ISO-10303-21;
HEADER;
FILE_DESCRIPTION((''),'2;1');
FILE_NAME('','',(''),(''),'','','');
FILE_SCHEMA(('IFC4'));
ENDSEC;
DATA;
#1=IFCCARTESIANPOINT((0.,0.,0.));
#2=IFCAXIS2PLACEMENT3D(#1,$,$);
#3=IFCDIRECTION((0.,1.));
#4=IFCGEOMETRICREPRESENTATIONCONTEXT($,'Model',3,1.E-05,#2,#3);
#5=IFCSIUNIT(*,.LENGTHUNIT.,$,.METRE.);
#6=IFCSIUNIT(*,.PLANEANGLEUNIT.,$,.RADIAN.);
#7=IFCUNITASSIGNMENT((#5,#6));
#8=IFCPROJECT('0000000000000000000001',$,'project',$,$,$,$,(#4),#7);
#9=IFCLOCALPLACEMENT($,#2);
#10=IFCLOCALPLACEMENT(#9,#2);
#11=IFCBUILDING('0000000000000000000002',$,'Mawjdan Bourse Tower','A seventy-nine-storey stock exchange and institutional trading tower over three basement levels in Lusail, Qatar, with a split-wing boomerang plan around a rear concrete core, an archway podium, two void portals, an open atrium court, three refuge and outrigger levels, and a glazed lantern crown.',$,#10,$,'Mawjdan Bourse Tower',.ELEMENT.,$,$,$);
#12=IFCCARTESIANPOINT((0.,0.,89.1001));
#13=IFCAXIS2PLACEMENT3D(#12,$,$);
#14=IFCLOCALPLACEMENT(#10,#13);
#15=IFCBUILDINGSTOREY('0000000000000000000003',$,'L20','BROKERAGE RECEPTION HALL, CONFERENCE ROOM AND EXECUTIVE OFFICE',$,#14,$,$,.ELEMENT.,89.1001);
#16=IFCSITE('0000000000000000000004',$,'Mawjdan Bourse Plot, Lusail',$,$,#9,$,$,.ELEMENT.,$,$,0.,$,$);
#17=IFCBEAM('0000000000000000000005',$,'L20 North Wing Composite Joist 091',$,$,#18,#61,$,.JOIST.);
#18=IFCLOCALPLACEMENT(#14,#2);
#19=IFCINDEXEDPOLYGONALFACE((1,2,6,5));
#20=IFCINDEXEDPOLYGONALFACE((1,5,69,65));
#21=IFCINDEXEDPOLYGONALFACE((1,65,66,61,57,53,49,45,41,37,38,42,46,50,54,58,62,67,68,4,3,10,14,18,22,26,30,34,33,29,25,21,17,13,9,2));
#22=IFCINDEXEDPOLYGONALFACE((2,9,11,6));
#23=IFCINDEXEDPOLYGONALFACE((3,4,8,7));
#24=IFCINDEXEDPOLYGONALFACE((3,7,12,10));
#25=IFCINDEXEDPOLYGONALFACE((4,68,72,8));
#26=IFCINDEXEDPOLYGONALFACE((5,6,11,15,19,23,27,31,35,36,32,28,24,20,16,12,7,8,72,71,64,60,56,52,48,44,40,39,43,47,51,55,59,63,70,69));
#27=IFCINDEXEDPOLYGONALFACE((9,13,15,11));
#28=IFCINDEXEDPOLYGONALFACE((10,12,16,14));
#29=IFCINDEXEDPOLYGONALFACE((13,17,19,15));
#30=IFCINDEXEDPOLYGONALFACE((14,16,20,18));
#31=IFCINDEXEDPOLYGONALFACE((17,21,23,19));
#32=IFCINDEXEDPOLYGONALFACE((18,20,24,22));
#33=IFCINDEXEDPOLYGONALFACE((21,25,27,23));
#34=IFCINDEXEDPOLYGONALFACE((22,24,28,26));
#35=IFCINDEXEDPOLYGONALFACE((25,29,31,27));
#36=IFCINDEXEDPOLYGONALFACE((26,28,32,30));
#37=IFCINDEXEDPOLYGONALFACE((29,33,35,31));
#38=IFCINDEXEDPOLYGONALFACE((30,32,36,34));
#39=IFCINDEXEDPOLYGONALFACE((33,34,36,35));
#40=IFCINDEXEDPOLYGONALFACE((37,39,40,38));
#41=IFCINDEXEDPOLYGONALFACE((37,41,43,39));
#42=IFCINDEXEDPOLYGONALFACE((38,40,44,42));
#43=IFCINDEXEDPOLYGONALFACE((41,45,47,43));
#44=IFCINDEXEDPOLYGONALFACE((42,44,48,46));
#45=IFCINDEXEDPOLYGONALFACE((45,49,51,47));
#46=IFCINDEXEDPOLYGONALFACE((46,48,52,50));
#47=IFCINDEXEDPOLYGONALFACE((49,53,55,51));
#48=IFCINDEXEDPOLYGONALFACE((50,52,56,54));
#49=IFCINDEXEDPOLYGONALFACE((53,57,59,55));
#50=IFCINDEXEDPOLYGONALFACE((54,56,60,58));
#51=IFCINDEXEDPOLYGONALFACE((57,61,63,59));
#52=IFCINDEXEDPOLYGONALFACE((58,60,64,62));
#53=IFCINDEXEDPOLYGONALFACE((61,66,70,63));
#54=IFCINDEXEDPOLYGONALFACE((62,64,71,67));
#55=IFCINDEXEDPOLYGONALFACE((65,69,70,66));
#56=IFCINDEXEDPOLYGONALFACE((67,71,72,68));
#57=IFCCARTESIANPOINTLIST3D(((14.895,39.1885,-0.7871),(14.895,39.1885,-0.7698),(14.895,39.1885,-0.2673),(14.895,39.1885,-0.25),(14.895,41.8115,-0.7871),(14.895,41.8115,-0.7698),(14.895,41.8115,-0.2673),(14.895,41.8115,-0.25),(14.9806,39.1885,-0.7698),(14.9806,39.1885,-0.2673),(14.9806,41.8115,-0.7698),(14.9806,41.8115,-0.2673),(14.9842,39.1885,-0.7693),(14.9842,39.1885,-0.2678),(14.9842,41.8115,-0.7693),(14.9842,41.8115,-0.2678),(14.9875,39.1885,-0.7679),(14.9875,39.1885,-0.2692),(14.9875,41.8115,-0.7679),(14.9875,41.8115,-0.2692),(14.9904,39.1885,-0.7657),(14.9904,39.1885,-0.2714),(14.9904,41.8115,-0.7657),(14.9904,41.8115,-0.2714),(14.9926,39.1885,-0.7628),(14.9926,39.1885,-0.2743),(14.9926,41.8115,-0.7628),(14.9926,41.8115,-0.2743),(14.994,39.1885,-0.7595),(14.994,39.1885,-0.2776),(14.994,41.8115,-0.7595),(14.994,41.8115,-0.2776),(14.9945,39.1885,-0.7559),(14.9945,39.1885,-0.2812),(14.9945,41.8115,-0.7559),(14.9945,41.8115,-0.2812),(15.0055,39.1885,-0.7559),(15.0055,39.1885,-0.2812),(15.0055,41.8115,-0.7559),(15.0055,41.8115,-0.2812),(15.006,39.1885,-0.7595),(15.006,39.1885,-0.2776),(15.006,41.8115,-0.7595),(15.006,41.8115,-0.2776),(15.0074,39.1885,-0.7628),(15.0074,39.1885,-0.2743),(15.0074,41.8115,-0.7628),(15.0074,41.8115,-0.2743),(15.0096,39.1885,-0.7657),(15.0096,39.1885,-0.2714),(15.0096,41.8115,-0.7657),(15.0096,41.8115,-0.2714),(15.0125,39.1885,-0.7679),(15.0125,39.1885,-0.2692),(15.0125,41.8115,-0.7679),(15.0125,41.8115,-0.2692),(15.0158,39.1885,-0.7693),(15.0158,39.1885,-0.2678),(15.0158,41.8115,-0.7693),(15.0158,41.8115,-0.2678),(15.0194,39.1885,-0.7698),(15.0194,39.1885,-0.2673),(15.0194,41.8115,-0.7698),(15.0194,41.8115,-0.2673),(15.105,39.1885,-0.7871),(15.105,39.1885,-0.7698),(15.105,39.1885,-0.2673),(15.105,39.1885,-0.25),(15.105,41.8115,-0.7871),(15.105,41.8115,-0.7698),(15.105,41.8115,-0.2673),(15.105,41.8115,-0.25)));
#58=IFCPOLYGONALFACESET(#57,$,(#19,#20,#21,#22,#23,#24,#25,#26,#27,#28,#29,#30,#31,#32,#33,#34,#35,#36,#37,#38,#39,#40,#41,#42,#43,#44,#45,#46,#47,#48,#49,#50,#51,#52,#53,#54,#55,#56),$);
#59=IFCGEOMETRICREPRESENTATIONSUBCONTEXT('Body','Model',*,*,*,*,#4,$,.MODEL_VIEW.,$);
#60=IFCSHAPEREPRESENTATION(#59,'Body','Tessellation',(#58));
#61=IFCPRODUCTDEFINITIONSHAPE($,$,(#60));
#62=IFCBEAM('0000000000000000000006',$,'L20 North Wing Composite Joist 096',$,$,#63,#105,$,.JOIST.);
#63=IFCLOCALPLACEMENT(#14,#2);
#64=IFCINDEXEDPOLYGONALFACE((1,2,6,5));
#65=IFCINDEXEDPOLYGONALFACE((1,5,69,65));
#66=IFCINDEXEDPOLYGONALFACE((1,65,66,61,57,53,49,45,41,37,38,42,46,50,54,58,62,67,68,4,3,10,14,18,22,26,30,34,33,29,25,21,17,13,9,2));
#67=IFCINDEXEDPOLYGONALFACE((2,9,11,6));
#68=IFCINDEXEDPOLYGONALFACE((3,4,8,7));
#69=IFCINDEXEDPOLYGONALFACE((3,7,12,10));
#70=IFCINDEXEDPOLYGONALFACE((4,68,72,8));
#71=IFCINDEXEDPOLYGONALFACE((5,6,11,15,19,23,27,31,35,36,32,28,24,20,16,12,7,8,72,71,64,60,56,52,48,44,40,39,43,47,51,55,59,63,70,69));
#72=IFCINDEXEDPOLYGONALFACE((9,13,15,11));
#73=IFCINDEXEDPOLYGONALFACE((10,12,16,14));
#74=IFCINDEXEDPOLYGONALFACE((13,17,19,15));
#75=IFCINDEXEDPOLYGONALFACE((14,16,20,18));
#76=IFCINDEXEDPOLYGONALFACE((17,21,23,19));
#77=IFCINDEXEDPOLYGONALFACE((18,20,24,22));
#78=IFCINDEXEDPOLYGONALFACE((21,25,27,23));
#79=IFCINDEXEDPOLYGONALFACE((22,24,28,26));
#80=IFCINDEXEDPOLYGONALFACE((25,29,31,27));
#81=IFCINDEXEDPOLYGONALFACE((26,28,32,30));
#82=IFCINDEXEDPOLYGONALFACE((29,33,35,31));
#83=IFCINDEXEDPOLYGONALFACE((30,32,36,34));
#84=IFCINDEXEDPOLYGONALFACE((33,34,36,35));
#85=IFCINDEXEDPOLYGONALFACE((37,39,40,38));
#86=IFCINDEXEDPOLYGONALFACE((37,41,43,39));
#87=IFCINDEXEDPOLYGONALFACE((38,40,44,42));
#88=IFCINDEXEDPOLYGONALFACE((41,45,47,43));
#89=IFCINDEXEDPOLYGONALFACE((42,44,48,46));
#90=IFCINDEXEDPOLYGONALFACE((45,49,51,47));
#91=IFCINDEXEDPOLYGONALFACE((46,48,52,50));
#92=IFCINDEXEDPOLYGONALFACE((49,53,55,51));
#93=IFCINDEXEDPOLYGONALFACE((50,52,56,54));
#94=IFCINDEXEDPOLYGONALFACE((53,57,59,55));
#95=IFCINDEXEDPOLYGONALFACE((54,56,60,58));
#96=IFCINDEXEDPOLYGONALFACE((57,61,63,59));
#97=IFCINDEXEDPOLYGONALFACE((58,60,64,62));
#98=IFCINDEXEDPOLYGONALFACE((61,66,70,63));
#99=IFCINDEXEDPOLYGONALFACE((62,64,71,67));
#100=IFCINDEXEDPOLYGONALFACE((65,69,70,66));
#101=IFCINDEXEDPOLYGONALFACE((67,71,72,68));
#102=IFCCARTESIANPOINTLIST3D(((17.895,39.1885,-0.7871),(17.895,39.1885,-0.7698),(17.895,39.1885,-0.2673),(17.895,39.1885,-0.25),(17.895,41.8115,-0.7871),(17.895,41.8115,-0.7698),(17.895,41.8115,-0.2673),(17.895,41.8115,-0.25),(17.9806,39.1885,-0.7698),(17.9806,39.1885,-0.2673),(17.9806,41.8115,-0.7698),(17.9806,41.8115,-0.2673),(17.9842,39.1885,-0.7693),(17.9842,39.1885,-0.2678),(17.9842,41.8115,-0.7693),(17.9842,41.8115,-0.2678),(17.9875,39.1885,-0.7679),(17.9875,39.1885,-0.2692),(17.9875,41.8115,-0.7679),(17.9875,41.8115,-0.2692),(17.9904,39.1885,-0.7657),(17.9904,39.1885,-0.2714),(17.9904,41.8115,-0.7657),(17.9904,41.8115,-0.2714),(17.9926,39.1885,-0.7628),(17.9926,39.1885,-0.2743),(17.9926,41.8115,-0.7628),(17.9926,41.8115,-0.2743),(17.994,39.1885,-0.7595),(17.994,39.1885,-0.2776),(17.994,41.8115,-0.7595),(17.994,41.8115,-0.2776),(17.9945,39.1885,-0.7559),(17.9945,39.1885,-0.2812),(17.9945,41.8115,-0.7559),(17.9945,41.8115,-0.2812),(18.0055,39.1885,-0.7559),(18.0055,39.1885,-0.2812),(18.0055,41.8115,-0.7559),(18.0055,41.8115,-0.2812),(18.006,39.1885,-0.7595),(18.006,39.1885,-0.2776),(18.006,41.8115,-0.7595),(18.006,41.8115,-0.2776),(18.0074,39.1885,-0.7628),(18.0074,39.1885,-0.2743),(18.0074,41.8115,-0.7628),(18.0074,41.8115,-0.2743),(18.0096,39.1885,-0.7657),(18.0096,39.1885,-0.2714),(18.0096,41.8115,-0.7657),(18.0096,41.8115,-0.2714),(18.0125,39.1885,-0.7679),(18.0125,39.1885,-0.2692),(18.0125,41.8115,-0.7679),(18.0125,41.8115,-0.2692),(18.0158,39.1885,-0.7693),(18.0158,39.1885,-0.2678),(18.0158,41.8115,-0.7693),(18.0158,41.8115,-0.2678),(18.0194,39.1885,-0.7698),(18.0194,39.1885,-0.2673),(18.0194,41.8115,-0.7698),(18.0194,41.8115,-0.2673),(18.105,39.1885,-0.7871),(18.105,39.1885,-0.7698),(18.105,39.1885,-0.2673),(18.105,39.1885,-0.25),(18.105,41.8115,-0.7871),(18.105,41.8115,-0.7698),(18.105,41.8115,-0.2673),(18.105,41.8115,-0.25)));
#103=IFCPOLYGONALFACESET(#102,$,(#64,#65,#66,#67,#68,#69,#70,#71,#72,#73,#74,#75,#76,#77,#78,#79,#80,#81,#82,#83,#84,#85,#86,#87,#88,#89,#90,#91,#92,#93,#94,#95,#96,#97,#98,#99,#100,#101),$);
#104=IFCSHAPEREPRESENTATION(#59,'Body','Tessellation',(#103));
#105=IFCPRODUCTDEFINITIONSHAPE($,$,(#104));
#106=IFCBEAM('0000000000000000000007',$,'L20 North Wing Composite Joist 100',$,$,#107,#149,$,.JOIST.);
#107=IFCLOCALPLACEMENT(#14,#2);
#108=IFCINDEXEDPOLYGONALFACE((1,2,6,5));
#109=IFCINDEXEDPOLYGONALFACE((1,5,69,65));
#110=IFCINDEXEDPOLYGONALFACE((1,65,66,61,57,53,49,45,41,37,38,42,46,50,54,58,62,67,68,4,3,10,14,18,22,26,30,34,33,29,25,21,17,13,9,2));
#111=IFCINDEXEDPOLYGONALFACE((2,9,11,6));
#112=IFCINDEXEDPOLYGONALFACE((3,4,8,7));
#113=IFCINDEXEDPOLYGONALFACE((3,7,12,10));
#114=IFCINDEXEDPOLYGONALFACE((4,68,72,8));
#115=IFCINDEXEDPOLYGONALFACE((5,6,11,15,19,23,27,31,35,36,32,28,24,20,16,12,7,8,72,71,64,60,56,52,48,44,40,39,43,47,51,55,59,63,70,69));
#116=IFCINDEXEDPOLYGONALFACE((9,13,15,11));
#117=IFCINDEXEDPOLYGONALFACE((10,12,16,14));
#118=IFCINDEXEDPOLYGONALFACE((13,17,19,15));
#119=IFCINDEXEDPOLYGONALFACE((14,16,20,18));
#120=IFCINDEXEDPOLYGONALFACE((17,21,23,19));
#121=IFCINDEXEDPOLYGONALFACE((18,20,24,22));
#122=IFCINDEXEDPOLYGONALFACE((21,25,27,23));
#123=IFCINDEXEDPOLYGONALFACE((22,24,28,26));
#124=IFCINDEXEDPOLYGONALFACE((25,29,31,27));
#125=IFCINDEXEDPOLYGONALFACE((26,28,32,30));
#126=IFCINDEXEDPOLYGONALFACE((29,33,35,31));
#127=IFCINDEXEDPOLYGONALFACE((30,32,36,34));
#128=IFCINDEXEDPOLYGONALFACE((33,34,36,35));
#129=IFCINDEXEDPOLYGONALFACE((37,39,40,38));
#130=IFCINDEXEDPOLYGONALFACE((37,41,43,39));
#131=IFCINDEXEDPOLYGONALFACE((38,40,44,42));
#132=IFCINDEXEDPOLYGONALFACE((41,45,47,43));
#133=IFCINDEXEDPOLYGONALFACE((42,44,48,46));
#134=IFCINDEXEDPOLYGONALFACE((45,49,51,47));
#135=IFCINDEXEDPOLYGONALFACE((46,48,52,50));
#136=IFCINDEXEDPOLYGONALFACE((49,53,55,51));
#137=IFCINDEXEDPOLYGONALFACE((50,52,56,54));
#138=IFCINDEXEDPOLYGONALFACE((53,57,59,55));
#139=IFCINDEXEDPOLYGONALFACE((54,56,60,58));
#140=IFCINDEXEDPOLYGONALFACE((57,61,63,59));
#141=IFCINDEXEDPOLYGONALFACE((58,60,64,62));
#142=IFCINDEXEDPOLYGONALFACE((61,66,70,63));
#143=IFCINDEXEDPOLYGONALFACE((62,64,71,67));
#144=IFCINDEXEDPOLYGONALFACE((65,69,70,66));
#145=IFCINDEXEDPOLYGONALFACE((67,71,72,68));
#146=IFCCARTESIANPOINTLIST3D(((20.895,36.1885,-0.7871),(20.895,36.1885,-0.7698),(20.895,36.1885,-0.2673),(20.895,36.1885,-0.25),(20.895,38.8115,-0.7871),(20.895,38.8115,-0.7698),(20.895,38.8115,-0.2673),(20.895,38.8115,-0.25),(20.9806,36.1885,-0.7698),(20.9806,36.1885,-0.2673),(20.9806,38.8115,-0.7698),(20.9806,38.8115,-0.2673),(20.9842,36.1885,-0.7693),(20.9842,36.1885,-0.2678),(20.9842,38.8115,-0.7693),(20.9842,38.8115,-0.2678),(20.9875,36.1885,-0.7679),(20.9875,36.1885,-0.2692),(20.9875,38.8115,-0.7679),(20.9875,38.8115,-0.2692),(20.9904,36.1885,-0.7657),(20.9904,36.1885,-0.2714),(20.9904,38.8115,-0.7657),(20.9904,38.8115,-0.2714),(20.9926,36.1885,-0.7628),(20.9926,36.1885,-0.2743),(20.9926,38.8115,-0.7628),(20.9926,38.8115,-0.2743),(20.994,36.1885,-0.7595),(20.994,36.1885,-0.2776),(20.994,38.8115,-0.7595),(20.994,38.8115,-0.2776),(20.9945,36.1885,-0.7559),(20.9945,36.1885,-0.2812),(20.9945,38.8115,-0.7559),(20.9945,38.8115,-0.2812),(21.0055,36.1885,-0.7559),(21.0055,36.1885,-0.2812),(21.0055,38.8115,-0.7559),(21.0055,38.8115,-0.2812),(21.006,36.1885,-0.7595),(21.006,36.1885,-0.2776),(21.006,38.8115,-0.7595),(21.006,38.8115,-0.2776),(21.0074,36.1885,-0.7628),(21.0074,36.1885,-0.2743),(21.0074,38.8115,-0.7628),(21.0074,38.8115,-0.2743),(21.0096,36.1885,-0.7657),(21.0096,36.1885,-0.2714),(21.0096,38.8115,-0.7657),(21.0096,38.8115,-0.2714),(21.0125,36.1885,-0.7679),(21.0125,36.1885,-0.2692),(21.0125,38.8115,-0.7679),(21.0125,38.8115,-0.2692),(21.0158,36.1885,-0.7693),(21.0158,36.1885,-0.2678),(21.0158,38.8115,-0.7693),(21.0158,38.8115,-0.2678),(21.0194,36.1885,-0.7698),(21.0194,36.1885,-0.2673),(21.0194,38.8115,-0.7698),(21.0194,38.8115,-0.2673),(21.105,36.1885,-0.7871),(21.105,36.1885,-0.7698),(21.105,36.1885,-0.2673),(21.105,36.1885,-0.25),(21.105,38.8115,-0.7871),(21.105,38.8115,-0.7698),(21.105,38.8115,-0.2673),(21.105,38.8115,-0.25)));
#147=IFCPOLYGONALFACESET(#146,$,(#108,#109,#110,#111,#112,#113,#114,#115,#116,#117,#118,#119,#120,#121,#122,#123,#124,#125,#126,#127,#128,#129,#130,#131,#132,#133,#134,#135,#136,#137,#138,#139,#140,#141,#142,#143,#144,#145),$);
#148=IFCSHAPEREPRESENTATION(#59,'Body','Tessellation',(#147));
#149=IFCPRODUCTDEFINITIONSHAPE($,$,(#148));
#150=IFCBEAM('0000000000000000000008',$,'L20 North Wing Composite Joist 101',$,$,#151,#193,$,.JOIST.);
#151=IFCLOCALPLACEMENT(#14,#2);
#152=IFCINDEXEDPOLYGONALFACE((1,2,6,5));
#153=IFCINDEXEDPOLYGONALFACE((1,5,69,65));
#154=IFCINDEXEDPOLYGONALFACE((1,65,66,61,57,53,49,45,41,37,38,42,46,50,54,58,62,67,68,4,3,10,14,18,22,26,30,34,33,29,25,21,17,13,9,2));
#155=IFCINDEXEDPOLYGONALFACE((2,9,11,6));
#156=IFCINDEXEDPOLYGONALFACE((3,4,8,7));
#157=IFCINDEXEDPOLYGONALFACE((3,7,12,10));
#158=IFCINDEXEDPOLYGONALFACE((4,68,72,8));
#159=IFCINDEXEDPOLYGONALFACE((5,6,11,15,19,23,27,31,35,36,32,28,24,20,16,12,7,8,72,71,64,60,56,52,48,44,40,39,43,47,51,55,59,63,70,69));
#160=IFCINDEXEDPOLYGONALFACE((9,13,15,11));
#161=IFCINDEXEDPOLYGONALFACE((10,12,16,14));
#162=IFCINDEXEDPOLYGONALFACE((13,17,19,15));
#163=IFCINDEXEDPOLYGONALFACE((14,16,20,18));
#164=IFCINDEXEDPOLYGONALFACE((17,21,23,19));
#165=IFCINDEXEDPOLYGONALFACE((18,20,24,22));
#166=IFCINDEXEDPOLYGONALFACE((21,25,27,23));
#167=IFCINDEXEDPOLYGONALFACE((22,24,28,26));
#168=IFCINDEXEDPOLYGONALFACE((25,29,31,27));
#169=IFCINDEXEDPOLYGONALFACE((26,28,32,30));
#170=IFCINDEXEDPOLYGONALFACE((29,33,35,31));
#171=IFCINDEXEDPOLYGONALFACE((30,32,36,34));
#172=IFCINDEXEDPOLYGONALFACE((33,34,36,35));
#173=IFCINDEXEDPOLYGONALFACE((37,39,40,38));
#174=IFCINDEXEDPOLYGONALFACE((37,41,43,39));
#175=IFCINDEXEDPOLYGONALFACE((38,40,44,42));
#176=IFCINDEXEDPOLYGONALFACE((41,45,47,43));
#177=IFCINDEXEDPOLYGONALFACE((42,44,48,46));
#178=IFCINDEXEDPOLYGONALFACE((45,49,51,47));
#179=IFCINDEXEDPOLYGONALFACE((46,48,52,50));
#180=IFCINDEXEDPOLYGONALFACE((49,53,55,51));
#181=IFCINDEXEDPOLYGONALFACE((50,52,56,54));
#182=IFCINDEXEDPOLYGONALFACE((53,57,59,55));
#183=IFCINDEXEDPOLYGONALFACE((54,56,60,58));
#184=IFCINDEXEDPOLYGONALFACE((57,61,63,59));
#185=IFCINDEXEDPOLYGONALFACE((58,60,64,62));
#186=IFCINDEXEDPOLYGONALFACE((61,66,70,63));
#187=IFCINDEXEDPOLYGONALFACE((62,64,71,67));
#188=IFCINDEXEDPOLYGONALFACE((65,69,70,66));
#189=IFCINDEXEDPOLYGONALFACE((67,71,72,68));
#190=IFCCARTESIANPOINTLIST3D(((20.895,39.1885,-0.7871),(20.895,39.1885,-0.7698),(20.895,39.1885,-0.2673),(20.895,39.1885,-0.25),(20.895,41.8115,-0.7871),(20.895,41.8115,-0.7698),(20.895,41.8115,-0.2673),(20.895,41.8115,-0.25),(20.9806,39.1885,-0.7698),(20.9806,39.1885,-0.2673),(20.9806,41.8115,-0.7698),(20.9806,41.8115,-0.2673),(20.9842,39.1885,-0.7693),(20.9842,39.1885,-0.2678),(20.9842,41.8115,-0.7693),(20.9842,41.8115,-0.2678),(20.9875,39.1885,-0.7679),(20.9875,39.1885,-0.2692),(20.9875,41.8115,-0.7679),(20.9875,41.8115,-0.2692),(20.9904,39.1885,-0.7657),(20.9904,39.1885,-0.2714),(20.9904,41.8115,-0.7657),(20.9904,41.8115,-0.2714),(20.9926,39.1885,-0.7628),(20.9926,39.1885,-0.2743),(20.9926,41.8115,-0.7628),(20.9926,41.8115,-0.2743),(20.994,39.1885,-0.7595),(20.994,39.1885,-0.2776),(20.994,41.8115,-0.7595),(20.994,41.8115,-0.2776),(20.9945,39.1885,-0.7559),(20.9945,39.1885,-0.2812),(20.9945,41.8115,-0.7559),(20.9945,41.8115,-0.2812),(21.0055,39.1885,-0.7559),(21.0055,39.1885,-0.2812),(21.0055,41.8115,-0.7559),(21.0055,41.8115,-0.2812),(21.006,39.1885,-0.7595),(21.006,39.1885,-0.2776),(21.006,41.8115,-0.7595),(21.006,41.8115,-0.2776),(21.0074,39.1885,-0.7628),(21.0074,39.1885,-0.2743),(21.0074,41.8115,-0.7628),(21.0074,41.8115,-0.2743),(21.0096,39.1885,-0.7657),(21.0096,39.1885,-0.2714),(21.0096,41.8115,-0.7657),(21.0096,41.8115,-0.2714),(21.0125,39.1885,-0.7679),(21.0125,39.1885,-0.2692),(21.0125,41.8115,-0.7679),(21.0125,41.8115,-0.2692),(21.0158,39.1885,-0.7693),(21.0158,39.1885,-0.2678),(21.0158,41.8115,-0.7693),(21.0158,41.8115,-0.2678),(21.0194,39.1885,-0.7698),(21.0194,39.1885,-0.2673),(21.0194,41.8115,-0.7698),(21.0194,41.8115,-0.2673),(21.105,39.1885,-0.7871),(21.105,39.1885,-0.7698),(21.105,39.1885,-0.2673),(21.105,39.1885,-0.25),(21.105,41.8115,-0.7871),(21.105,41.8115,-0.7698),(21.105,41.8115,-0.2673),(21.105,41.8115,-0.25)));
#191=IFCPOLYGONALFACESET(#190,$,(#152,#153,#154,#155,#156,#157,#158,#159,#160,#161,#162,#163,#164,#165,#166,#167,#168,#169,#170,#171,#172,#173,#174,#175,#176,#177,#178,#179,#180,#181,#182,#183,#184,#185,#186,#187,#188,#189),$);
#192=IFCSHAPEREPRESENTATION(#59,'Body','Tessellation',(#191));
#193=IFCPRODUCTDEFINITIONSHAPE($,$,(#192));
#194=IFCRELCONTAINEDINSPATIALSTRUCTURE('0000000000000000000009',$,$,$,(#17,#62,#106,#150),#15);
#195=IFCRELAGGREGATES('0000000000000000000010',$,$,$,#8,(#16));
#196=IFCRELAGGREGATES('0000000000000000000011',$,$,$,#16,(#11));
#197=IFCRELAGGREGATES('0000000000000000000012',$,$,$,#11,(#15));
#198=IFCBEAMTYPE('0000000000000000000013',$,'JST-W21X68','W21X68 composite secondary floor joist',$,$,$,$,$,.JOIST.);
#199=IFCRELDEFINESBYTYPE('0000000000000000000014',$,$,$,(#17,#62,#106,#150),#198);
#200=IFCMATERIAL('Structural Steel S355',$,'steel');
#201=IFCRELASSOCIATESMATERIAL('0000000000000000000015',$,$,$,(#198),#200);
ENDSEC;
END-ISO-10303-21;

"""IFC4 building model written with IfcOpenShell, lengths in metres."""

from ifc_helpers import new_model, si_unit, direction, frame, origin, origin_2d, place, context, subcontext, project, spatial, i_section, extrude, material, material_profile, profile_set, type_object, element, save


model = new_model("IFC4")

# Units and contexts
model_context = context("Model", 3, precision=1e-05, world=origin(), true_north=direction((0.0, 1.0)))
body_context = subcontext(model_context, "Body", "Model", "MODEL_VIEW")
ifc_project = project(units=[si_unit("LENGTHUNIT", "METRE"), si_unit("PLANEANGLEUNIT", "RADIAN")], contexts=[model_context])

# Site, building, storey
site_placement = place(None, origin())
site = spatial("IfcSite", under=ifc_project, at=site_placement, Name="Mawjdan Bourse Plot, Lusail", CompositionType="ELEMENT", RefElevation=0.0)
building_placement = place(site_placement, origin())
building = spatial("IfcBuilding", under=site, at=building_placement, Name="Mawjdan Bourse Tower", Description="A seventy-nine-storey stock exchange and institutional trading tower over three basement levels in Lusail, Qatar, with a split-wing boomerang plan around a rear concrete core, an archway podium, two void portals, an open atrium court, three refuge and outrigger levels, and a glazed lantern crown.", LongName="Mawjdan Bourse Tower", CompositionType="ELEMENT")
storey_placement = place(building_placement, frame((0.0, 0.0, 89.1001)))
storey = spatial("IfcBuildingStorey", under=building, at=storey_placement, Name="L20", Description="BROKERAGE RECEPTION HALL, CONFERENCE ROOM AND EXECUTIVE OFFICE", CompositionType="ELEMENT", Elevation=89.1001)

# Beams
ifc_material_1 = material(Name="Structural Steel S355", Category="steel")
ifc_material_profile_1 = material_profile(ifc_material_1, i_section(OverallWidth=0.21, OverallDepth=0.5371, WebThickness=0.011, FlangeThickness=0.0173, FilletRadius=0.0139, at=origin_2d()), Name="W21X68")
ifc_profile_set_1 = profile_set([ifc_material_profile_1], Name="Structural Steel S355")
beam_type_1 = type_object("IfcBeamType", Name="JST-W21X68", Description="W21X68 composite secondary floor joist", PredefinedType="JOIST", material=ifc_profile_set_1)
for number, where, z_axis, x_axis, name in (
    (1, (15.0, 39.1885, -0.5186), (0.0, 1.0, 0.0), (-1.0, 0.0, 0.0), "L20 North Wing Composite Joist 091"),
    (2, (18.0, 39.1885, -0.5186), (0.0, 1.0, 0.0), (-1.0, 0.0, 0.0), "L20 North Wing Composite Joist 096"),
    (3, (21.0, 36.1885, -0.5186), (0.0, 1.0, 0.0), (-1.0, 0.0, 0.0), "L20 North Wing Composite Joist 100"),
    (4, (21.0, 39.1885, -0.5186), (0.0, 1.0, 0.0), (-1.0, 0.0, 0.0), "L20 North Wing Composite Joist 101"),
):
    element("IfcBeam", number, at=place(storey_placement, frame(where, z_axis=z_axis, x_axis=x_axis)), inside=storey, type_object=beam_type_1, Name=name, PredefinedType="JOIST", context=body_context, shape_type="SweptSolid", body=[
        extrude(i_section(OverallWidth=0.21, OverallDepth=0.5371, WebThickness=0.011, FlangeThickness=0.0173, FilletRadius=0.0139, at=origin_2d()), origin(), (0.0, 0.0, 1.0), 2.623),
    ])

save(model, "model.ifc")
